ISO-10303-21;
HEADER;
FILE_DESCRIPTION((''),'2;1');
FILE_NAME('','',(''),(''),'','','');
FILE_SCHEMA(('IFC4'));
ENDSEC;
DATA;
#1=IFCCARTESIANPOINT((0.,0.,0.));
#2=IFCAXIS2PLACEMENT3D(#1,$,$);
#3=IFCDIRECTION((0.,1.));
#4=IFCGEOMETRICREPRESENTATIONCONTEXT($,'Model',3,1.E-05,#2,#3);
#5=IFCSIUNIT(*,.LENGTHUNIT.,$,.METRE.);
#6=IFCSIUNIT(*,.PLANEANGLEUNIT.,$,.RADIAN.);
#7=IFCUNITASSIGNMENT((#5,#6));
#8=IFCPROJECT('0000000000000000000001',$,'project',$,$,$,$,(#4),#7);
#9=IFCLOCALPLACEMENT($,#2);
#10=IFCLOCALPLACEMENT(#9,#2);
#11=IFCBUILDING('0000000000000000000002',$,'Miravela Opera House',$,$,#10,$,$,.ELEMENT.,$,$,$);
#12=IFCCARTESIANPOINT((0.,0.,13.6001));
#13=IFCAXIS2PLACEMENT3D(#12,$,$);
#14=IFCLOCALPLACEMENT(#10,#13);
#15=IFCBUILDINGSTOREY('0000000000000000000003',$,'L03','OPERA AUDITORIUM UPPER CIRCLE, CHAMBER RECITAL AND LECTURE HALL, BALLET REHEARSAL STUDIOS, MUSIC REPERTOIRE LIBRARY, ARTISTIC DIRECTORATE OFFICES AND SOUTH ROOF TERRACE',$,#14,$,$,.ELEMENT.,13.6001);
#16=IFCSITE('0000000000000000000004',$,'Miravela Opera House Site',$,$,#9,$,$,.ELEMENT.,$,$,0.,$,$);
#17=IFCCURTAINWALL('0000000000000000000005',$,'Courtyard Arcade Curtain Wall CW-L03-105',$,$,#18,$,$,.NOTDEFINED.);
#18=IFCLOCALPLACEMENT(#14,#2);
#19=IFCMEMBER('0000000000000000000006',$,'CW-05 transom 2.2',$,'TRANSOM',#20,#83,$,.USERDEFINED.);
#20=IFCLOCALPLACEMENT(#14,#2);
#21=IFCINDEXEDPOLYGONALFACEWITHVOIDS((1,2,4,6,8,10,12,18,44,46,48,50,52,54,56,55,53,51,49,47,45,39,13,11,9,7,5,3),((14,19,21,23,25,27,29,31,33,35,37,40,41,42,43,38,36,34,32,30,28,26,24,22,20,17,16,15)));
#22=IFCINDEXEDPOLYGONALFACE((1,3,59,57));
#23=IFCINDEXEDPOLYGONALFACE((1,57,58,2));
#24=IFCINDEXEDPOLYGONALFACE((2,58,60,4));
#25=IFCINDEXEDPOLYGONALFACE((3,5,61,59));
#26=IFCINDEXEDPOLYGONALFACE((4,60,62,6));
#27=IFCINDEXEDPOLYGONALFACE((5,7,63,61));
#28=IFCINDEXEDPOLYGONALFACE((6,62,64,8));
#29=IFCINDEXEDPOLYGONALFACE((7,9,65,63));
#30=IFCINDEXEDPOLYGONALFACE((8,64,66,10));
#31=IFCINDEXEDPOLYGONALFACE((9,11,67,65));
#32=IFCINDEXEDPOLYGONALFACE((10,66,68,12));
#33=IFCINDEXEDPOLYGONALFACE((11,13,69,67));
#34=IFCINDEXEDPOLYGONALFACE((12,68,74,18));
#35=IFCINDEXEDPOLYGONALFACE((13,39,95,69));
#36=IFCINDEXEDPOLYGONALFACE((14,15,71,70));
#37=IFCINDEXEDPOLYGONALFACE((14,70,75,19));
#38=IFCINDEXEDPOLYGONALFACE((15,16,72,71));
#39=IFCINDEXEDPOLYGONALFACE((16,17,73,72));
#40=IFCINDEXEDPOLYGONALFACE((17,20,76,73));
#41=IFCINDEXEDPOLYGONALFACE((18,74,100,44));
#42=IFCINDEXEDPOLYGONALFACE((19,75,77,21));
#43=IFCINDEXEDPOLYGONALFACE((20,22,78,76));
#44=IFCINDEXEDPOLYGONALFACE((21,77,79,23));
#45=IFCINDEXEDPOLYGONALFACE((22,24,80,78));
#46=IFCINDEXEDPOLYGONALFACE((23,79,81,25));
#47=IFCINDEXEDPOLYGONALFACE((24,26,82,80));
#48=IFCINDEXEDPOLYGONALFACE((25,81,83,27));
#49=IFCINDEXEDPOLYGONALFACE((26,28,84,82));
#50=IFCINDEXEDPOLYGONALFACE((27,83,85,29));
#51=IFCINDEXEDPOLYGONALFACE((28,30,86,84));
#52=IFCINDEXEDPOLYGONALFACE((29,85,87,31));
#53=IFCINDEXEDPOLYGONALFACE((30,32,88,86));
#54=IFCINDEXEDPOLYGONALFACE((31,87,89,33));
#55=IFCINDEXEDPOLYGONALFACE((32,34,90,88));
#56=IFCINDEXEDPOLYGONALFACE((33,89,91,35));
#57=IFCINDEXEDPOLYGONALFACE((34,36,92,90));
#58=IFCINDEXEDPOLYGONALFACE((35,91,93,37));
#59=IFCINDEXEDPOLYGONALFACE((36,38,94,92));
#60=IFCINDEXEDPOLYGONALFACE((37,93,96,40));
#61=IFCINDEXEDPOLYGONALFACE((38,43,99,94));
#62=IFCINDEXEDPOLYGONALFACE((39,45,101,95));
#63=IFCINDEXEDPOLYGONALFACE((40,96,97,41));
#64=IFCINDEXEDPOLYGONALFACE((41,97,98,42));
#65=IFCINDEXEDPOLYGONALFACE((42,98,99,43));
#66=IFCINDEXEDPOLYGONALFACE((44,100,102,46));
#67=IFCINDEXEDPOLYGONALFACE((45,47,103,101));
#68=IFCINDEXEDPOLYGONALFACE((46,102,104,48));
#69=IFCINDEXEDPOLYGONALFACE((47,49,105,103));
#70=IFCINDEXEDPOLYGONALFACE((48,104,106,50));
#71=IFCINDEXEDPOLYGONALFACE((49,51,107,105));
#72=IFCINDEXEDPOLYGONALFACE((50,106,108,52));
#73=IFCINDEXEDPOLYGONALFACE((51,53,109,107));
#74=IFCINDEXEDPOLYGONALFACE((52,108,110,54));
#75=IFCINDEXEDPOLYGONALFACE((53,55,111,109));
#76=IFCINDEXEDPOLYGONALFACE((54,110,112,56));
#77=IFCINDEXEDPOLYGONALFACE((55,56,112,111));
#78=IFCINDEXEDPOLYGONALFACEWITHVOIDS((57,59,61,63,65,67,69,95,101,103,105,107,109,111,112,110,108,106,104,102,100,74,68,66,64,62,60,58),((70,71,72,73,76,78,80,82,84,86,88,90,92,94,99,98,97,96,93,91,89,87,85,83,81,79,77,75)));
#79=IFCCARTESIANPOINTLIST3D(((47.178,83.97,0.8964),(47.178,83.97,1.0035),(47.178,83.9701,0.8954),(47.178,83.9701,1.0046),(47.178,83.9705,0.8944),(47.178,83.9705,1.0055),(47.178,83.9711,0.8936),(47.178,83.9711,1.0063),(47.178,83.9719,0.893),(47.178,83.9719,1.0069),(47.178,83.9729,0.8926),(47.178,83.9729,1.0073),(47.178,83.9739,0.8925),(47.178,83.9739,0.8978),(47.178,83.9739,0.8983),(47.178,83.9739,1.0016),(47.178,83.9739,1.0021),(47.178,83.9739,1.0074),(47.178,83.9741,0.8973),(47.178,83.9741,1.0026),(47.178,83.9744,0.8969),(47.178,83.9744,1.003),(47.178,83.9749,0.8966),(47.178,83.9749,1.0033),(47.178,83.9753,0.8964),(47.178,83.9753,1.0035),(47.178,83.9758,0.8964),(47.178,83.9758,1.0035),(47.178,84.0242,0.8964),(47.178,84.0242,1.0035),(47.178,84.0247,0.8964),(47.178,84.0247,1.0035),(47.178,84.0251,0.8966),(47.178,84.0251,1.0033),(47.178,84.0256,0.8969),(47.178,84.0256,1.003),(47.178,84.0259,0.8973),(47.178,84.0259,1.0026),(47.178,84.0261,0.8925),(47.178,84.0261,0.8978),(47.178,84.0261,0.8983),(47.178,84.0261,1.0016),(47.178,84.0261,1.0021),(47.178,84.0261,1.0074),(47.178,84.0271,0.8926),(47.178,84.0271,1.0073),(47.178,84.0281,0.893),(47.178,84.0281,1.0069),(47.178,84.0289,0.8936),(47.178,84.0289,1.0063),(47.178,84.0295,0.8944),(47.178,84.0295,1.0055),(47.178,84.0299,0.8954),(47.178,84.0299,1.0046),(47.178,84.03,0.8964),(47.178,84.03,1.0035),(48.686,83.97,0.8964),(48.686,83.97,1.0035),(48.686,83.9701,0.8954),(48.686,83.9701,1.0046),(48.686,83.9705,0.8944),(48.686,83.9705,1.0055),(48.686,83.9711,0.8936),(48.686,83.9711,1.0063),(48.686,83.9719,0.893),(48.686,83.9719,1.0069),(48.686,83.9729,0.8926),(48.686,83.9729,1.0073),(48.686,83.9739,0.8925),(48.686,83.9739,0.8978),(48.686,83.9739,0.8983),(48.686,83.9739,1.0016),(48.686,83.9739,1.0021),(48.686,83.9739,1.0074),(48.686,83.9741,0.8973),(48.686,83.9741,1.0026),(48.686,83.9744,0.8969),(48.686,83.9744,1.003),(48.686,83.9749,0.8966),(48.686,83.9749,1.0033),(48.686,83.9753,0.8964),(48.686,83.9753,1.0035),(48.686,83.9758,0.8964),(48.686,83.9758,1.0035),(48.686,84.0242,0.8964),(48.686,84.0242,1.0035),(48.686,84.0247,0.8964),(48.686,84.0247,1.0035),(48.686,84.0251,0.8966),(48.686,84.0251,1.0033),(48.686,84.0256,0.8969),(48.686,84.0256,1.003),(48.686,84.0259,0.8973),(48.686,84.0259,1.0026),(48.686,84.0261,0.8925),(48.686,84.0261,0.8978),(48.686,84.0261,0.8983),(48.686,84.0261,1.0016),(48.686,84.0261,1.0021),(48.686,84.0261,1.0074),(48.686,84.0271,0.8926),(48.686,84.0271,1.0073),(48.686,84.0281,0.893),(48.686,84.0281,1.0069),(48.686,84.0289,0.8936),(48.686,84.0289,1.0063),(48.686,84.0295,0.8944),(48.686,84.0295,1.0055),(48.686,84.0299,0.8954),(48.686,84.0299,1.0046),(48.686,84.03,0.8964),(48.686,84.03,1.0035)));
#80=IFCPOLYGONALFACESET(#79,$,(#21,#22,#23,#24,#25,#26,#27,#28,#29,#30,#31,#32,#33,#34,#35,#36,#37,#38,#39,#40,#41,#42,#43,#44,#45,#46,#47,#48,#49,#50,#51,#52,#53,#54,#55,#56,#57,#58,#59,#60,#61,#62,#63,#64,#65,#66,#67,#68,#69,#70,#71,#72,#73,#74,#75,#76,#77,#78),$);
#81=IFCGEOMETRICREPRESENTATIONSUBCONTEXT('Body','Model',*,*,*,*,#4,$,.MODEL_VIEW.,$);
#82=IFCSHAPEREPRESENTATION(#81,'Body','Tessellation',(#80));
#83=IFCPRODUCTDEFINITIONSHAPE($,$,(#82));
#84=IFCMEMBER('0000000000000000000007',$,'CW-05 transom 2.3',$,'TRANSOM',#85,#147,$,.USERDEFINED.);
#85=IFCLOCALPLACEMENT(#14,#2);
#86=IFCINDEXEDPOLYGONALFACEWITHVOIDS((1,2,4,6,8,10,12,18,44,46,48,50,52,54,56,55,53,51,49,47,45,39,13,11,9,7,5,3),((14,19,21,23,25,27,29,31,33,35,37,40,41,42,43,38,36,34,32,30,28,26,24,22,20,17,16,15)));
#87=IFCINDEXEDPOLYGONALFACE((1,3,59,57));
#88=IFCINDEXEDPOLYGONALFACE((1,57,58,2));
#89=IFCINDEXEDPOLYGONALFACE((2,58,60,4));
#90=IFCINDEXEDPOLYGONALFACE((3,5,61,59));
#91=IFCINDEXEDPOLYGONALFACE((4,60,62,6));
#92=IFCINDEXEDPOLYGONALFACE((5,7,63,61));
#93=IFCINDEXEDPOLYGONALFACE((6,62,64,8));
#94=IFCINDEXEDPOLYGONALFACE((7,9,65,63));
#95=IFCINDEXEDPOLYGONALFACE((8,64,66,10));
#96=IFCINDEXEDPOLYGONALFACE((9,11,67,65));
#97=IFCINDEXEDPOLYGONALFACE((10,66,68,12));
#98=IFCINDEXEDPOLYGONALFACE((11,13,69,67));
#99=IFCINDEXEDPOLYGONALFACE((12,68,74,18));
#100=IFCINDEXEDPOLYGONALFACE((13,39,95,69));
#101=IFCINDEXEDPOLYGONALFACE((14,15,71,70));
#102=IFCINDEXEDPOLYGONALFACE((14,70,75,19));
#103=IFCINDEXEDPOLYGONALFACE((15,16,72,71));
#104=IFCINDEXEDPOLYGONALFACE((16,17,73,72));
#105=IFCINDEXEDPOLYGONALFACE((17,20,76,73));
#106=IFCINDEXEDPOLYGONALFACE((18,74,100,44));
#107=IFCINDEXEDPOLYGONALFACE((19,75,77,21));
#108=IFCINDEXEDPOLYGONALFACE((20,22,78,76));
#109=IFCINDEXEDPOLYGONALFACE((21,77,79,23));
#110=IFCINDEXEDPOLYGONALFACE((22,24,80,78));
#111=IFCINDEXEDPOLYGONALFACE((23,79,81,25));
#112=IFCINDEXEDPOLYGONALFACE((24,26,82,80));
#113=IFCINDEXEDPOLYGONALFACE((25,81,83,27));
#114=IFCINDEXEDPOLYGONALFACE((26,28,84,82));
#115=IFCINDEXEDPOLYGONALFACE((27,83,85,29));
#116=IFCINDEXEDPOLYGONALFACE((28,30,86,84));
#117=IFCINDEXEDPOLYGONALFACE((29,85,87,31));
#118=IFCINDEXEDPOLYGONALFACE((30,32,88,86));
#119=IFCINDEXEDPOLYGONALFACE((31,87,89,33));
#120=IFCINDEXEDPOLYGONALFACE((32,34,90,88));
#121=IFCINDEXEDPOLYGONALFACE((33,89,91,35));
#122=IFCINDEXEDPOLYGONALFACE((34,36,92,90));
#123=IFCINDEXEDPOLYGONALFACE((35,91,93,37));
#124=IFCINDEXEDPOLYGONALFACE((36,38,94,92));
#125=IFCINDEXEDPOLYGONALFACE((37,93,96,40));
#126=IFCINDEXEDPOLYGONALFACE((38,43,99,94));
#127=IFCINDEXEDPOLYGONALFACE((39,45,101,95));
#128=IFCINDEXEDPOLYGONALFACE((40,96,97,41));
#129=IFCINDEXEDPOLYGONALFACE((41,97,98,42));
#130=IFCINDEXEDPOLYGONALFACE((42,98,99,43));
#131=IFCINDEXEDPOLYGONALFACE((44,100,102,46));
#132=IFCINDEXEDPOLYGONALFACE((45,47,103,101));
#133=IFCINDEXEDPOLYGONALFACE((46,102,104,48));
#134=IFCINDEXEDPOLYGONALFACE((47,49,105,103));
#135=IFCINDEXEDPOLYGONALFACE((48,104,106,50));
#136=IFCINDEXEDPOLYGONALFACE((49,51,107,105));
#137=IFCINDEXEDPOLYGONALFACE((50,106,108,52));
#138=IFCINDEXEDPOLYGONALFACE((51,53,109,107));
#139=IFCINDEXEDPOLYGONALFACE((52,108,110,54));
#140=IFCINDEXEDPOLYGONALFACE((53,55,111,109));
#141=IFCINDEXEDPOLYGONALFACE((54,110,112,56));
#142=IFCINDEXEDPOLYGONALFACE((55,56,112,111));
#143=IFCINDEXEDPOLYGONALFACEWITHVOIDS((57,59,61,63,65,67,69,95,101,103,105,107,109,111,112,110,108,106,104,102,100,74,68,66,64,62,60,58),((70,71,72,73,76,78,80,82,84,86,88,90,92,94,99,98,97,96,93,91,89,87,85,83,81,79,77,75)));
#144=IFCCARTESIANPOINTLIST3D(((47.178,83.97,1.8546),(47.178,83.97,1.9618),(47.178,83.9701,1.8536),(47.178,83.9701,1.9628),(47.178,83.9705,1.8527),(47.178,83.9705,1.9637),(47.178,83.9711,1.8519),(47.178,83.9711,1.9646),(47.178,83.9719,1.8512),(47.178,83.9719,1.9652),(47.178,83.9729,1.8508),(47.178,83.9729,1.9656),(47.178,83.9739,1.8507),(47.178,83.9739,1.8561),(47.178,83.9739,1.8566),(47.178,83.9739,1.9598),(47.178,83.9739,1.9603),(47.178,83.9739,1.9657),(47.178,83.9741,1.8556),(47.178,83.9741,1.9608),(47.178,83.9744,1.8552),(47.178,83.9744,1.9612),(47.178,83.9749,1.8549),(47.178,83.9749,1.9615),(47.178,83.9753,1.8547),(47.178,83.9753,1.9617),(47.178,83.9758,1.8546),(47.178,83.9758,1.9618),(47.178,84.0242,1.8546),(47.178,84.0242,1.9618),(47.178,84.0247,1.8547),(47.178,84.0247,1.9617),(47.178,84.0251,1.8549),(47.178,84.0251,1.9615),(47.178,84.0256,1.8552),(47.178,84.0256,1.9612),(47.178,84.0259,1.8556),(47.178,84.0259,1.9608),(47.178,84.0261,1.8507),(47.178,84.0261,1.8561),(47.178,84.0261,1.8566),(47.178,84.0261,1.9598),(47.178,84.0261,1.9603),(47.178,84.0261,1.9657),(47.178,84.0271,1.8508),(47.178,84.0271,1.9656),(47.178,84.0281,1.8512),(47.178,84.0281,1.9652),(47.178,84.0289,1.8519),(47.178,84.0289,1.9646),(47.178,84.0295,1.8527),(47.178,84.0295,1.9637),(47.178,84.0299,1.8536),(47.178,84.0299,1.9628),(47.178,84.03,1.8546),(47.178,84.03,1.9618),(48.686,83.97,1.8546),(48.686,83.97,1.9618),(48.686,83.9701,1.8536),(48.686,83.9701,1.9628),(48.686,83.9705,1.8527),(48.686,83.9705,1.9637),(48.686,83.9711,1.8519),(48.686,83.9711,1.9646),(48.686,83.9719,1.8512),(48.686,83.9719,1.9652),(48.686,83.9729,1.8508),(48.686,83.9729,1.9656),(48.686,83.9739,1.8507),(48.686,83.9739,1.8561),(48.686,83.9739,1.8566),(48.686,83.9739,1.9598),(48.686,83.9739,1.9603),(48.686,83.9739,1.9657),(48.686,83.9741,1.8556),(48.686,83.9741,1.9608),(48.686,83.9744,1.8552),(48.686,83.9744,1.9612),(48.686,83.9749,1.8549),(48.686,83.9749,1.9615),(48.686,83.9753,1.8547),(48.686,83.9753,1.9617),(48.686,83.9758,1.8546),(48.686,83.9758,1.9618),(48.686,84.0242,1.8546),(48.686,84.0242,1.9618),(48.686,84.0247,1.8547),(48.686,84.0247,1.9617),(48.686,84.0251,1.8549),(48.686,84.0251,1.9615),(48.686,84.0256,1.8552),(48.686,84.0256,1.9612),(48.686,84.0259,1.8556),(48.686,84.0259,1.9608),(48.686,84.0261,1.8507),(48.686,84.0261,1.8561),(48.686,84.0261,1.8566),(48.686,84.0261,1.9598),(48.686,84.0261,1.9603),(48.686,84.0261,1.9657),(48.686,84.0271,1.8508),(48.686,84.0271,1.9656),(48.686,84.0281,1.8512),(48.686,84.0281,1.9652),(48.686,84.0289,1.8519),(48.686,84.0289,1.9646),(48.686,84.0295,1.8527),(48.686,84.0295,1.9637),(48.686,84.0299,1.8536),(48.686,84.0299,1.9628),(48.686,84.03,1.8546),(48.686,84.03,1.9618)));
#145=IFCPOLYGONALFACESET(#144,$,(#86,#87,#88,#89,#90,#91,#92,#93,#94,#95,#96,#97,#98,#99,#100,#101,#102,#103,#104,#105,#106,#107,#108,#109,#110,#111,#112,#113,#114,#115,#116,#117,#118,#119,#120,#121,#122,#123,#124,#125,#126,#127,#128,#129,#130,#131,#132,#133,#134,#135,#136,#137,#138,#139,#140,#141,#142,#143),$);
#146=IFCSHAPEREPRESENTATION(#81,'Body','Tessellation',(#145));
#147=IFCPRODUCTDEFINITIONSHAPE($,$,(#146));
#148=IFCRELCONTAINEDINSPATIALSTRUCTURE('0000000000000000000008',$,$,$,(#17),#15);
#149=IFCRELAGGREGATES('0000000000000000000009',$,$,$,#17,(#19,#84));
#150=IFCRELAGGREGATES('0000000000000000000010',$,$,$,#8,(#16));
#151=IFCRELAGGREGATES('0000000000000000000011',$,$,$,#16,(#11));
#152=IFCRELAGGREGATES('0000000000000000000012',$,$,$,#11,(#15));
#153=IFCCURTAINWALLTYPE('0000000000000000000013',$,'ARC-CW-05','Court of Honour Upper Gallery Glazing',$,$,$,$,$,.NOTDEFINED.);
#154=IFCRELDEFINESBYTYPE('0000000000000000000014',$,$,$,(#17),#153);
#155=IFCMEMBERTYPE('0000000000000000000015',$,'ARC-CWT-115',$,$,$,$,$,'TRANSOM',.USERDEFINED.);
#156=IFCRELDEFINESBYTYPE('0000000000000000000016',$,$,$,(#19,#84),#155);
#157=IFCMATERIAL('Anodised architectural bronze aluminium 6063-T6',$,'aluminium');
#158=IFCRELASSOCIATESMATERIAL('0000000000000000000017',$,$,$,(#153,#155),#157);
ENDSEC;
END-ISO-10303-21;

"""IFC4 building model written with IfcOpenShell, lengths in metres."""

from ifc_helpers import new_model, si_unit, direction, frame, origin, origin_2d, place, context, subcontext, project, spatial, hollow_rectangle, extrude, material, material_profile, profile_set, type_object, element, aggregate, save


model = new_model("IFC4")

# Units and contexts
model_context = context("Model", 3, precision=1e-05, world=origin(), true_north=direction((0.0, 1.0)))
body_context = subcontext(model_context, "Body", "Model", "MODEL_VIEW")
ifc_project = project(units=[si_unit("LENGTHUNIT", "METRE"), si_unit("PLANEANGLEUNIT", "RADIAN")], contexts=[model_context])

# Site, building, storey
site_placement = place(None, origin())
site = spatial("IfcSite", under=ifc_project, at=site_placement, Name="Miravela Opera House Site", CompositionType="ELEMENT", RefElevation=0.0)
building_placement = place(site_placement, origin())
building = spatial("IfcBuilding", under=site, at=building_placement, Name="Miravela Opera House", CompositionType="ELEMENT")
storey_placement = place(building_placement, frame((0.0, 0.0, 13.6001)))
storey = spatial("IfcBuildingStorey", under=building, at=storey_placement, Name="L03", Description="OPERA AUDITORIUM UPPER CIRCLE, CHAMBER RECITAL AND LECTURE HALL, BALLET REHEARSAL STUDIOS, MUSIC REPERTOIRE LIBRARY, ARTISTIC DIRECTORATE OFFICES AND SOUTH ROOF TERRACE", CompositionType="ELEMENT", Elevation=13.6001)

# Shared definitions
ifc_material_1 = material(Name="Anodised architectural bronze aluminium 6063-T6", Category="aluminium")
curtain_wall_type = type_object("IfcCurtainWallType", Name="ARC-CW-05", Description="Court of Honour Upper Gallery Glazing", PredefinedType="NOTDEFINED", material=ifc_material_1)

# Curtain wall
curtain_wall_1_placement = place(storey_placement, origin())
curtain_wall_1 = element("IfcCurtainWall", 1, at=curtain_wall_1_placement, inside=storey, type_object=curtain_wall_type, Name="Courtyard Arcade Curtain Wall CW-L03-105", PredefinedType="NOTDEFINED")

# Members
ifc_material_profile_1 = material_profile(ifc_material_1, hollow_rectangle(XDim=0.0601, YDim=0.115, WallThickness=0.0039, InnerFilletRadius=0.002, OuterFilletRadius=0.0039, at=origin_2d()), Name="CWT-60X115")
ifc_profile_set_1 = profile_set([ifc_material_profile_1])
member_type_1 = type_object("IfcMemberType", Name="ARC-CWT-115", ElementType="TRANSOM", PredefinedType="USERDEFINED", material=ifc_profile_set_1)
member_1_placement = place(storey_placement, frame((47.178, 84.0, 0.95), z_axis=(1.0, 0.0, 0.0), x_axis=(0.0, 1.0, 0.0)))
member_1 = element("IfcMember", 2, at=member_1_placement, type_object=member_type_1, Name="CW-05 transom 2.2", ObjectType="TRANSOM", PredefinedType="USERDEFINED", context=body_context, shape_type="SweptSolid", body=[
    extrude(hollow_rectangle(XDim=0.0601, YDim=0.115, WallThickness=0.0039, InnerFilletRadius=0.002, OuterFilletRadius=0.0039, at=origin_2d()), origin(), (0.0, 0.0, 1.0), 1.5081),
])
member_2_placement = place(storey_placement, frame((47.178, 84.0, 1.9082), z_axis=(1.0, 0.0, 0.0), x_axis=(0.0, 1.0, 0.0)))
member_2 = element("IfcMember", 3, at=member_2_placement, type_object=member_type_1, Name="CW-05 transom 2.3", ObjectType="TRANSOM", PredefinedType="USERDEFINED", context=body_context, shape_type="SweptSolid", body=[
    extrude(hollow_rectangle(XDim=0.0601, YDim=0.115, WallThickness=0.0039, InnerFilletRadius=0.002, OuterFilletRadius=0.0039, at=origin_2d()), origin(), (0.0, 0.0, 1.0), 1.5081),
])

aggregate(curtain_wall_1, [member_1, member_2])

save(model, "model.ifc")
